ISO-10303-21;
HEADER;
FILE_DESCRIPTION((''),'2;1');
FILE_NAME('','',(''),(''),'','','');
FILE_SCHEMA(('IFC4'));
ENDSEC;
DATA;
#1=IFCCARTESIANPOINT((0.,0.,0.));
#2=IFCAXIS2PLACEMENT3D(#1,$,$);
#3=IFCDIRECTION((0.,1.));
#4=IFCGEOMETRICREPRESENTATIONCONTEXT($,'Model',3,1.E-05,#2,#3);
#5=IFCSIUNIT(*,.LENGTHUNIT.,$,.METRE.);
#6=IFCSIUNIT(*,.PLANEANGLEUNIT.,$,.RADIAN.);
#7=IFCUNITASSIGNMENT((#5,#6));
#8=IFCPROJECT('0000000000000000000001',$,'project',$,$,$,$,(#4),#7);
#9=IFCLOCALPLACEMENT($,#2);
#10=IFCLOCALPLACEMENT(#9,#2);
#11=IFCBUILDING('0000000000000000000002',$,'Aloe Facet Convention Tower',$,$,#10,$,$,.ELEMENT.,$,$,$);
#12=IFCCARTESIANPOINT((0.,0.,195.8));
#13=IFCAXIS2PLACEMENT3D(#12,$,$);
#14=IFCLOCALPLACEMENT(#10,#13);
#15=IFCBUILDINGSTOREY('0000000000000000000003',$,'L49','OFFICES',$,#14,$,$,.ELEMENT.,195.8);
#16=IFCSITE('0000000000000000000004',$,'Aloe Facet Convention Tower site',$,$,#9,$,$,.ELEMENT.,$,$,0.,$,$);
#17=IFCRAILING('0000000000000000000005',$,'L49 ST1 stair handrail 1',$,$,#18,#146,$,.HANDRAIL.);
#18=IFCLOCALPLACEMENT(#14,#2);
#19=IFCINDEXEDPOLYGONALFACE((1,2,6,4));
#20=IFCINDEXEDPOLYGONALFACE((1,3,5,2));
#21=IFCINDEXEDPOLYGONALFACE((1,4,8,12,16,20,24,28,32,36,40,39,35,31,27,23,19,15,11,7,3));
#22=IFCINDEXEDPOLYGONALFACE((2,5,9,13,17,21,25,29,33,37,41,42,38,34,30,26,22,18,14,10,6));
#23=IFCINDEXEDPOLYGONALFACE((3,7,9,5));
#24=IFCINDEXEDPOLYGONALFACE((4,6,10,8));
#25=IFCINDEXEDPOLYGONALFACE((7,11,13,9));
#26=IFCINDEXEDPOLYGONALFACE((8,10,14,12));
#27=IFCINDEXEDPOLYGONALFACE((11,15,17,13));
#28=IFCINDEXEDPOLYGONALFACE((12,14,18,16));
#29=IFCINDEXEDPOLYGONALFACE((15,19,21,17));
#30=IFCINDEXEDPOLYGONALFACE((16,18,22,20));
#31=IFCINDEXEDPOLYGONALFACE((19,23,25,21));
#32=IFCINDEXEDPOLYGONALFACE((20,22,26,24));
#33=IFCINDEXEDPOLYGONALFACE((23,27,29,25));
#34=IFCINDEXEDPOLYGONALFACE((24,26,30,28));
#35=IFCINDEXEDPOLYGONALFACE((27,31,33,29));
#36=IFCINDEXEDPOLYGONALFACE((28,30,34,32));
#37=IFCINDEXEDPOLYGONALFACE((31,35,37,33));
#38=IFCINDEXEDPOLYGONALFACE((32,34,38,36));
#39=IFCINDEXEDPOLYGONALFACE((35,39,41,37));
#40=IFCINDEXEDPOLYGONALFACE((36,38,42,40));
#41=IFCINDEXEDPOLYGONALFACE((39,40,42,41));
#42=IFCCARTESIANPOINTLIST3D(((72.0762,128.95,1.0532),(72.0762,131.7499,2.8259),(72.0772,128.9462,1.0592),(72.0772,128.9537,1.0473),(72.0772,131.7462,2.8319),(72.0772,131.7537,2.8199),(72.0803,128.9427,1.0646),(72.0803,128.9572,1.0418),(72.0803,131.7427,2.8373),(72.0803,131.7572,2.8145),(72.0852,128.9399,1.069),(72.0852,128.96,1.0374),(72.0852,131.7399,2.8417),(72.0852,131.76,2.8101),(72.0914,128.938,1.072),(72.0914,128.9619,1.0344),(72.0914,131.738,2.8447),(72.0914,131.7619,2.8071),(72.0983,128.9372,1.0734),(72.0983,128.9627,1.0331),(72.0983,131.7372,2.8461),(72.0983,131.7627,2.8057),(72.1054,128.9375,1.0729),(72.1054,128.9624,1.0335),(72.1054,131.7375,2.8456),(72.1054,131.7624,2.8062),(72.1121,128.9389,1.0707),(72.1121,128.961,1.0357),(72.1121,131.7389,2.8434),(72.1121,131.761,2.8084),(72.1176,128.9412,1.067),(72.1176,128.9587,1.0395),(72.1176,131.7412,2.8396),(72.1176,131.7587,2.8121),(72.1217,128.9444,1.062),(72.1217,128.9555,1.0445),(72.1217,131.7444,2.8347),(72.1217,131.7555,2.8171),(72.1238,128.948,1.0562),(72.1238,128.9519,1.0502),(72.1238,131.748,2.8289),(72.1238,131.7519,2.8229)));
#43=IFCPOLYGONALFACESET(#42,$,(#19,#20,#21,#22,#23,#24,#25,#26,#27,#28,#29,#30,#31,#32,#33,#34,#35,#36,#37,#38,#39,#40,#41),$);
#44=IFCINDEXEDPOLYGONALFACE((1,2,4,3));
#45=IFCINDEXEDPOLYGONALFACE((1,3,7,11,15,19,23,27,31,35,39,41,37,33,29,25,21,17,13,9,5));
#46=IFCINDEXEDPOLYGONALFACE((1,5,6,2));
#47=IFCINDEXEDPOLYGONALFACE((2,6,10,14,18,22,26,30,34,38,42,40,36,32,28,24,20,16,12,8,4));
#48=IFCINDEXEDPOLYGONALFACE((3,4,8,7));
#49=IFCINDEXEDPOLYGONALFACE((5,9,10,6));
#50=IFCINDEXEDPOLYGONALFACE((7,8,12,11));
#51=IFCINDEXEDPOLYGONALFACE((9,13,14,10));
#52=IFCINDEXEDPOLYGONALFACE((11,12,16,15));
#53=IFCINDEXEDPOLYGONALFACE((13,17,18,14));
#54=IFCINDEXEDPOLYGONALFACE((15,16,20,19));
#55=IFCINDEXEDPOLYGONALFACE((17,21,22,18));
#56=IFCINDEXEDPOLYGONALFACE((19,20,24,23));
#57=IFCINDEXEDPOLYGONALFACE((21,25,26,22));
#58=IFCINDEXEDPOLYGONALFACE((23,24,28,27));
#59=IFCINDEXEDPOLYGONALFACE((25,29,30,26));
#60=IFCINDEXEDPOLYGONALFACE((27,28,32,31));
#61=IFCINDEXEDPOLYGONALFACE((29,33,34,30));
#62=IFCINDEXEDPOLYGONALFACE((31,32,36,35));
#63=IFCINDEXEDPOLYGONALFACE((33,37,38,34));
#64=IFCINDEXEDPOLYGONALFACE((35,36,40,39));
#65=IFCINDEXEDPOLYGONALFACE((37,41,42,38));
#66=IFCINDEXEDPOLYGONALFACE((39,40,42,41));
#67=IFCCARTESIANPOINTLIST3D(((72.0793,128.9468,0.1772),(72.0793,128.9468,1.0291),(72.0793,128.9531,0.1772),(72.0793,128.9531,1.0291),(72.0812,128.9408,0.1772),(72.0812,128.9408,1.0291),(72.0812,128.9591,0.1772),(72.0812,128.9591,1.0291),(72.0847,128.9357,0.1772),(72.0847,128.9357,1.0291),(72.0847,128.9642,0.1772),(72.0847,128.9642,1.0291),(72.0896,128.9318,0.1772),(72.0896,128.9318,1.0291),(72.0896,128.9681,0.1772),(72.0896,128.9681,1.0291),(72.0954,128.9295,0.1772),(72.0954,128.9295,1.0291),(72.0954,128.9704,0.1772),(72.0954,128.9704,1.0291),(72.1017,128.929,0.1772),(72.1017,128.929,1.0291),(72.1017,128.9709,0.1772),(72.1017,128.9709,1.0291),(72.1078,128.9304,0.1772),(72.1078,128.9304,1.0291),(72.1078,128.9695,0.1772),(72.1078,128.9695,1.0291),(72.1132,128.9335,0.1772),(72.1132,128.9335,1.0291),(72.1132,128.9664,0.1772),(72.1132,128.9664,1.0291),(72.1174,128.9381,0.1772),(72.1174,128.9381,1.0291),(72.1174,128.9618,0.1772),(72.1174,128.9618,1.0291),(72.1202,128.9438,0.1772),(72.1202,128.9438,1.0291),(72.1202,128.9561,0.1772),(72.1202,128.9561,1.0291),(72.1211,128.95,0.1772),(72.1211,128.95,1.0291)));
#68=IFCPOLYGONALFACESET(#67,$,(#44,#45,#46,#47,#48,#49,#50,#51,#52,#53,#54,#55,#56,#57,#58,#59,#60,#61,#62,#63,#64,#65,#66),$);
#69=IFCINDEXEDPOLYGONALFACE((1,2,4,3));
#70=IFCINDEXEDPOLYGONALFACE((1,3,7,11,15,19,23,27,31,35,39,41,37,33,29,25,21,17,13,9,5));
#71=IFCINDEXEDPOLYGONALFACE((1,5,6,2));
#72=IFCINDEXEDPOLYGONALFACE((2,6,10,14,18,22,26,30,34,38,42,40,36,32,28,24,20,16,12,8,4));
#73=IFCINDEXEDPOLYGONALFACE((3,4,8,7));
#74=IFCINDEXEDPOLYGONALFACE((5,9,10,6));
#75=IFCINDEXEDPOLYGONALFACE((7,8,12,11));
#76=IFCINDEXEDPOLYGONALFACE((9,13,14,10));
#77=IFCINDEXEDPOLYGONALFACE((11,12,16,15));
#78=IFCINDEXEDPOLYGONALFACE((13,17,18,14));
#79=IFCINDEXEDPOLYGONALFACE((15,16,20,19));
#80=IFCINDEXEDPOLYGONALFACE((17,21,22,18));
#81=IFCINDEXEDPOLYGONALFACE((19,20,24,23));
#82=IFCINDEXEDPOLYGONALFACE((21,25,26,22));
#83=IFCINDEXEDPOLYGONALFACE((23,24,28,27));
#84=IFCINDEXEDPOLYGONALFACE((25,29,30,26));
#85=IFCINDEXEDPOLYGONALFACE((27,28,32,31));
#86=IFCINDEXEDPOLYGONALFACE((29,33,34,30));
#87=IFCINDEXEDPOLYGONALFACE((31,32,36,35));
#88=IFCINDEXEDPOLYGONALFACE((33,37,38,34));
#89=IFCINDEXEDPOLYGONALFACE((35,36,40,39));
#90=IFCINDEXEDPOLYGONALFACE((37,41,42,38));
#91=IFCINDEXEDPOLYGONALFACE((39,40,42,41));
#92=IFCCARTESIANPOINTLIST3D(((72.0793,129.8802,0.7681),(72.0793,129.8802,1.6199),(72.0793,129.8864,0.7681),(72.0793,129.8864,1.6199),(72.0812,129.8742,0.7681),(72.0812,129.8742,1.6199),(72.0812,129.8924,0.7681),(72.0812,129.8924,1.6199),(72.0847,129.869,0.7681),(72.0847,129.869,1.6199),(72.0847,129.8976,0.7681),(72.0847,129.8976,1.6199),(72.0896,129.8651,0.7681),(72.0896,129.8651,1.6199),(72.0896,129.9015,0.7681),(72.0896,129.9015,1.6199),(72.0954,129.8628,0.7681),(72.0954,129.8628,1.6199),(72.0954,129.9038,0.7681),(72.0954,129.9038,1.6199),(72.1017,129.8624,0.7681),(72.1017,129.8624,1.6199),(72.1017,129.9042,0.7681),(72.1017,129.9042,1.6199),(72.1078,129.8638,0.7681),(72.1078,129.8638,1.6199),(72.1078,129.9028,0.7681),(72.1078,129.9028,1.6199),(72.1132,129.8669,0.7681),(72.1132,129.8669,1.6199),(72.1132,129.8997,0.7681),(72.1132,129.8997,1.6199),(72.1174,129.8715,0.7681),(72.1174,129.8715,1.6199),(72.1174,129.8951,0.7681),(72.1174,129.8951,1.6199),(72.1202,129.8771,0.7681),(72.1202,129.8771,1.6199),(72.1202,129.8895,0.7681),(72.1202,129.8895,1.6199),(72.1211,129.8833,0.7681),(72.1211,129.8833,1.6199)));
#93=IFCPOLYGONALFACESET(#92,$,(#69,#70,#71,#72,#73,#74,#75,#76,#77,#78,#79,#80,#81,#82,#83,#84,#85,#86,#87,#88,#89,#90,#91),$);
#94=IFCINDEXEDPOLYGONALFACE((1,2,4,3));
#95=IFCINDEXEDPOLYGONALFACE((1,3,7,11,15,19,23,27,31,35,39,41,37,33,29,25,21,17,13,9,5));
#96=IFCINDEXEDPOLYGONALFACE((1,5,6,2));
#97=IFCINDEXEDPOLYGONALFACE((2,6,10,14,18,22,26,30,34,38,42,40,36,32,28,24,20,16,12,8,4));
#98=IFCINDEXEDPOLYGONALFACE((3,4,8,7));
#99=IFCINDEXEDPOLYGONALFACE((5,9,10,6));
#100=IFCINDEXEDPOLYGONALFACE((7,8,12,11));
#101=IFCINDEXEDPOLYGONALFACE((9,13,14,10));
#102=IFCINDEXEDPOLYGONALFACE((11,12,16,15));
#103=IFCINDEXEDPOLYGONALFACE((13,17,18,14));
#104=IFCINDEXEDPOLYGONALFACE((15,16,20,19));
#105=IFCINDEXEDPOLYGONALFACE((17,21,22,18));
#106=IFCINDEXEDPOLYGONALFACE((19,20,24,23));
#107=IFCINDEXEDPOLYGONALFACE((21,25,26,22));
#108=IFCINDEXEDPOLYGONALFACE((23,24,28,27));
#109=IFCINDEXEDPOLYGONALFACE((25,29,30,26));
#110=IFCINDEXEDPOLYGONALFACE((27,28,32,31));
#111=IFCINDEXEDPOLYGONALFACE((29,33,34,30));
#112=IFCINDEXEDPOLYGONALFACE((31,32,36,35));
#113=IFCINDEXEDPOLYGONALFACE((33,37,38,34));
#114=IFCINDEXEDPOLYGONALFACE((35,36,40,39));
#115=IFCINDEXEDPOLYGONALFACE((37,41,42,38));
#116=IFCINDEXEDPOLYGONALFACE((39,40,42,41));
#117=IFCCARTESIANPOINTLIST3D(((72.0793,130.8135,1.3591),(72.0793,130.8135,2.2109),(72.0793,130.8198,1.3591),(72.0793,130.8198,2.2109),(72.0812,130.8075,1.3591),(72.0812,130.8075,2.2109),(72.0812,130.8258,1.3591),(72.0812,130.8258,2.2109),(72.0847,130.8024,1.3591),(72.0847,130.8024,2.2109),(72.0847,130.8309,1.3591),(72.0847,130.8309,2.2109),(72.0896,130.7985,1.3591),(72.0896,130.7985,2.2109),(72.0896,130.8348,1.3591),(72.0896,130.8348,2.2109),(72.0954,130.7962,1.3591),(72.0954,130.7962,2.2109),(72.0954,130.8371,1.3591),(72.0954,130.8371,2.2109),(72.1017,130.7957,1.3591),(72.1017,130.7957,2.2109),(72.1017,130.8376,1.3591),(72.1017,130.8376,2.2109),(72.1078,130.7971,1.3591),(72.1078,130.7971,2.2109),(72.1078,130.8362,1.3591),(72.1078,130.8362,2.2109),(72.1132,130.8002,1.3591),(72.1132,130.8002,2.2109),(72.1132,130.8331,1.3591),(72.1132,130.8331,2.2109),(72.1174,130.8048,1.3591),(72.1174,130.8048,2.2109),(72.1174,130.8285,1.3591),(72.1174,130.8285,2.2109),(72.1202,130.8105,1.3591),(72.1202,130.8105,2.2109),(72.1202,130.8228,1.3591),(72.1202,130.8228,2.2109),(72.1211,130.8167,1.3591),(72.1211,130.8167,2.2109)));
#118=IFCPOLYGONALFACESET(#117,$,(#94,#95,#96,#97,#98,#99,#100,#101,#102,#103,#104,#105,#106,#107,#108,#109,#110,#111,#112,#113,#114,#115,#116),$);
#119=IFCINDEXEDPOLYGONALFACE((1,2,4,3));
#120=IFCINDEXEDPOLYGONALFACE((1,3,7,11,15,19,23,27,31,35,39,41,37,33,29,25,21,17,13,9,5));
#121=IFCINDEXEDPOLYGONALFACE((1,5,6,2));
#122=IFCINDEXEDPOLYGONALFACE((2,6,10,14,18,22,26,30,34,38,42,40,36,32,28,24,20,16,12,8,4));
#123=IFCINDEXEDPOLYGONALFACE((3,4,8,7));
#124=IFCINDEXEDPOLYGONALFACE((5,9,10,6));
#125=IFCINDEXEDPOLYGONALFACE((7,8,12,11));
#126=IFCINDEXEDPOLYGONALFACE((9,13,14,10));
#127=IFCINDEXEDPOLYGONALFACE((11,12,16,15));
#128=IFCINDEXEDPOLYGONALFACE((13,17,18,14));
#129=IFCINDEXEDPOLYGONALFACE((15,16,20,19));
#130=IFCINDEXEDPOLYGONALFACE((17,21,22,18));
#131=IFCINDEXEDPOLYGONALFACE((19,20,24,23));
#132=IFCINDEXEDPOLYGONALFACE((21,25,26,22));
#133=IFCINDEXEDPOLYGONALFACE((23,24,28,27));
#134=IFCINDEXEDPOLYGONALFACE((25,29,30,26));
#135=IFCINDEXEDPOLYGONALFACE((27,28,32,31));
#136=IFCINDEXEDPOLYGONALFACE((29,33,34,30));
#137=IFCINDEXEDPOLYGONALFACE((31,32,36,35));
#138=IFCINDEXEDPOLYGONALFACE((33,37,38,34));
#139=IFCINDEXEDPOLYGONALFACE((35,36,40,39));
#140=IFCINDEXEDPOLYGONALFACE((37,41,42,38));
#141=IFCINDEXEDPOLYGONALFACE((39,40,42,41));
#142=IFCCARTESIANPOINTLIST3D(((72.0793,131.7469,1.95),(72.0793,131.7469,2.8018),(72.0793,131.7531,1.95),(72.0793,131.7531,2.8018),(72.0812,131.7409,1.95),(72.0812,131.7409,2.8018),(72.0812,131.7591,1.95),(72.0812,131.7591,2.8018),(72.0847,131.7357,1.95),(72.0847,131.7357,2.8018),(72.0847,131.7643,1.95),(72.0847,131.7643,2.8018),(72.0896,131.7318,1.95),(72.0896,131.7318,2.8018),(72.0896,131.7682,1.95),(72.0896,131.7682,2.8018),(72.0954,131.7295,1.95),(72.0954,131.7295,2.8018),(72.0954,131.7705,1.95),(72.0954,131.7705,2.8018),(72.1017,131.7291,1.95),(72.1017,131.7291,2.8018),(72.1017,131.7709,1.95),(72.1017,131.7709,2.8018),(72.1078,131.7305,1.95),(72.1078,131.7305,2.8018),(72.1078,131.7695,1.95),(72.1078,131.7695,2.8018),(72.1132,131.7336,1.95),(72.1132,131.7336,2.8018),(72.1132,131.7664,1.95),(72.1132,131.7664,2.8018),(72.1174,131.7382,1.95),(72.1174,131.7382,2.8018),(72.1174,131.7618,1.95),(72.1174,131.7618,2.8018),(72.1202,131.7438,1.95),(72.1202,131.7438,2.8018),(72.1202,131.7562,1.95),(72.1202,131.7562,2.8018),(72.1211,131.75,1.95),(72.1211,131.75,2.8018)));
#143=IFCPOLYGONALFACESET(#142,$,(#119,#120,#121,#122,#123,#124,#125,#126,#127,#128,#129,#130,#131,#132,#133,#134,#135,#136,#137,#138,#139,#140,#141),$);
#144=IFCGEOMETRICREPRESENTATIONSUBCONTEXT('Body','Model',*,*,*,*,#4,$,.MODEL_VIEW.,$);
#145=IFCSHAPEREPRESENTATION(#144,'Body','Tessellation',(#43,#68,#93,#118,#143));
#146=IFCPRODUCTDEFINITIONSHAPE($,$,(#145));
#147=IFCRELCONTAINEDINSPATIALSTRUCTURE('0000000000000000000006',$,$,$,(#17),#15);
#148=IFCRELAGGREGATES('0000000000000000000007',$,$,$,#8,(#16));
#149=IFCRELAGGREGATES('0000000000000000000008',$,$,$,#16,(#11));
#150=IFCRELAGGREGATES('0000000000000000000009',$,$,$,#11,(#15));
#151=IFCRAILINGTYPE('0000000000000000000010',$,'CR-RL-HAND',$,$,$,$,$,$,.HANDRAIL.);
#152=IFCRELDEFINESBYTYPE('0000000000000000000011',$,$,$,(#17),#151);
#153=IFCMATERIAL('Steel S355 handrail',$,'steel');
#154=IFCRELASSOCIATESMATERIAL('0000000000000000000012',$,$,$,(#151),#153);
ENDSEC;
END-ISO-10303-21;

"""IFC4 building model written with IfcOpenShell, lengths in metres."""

from ifc_helpers import new_model, si_unit, direction, frame, origin, origin_2d, place, context, subcontext, project, spatial, circle, extrude, material, type_object, element, save


model = new_model("IFC4")

# Units and contexts
model_context = context("Model", 3, precision=1e-05, world=origin(), true_north=direction((0.0, 1.0)))
body_context = subcontext(model_context, "Body", "Model", "MODEL_VIEW")
ifc_project = project(units=[si_unit("LENGTHUNIT", "METRE"), si_unit("PLANEANGLEUNIT", "RADIAN")], contexts=[model_context])

# Site, building, storey
site_placement = place(None, origin())
site = spatial("IfcSite", under=ifc_project, at=site_placement, Name="Aloe Facet Convention Tower site", CompositionType="ELEMENT", RefElevation=0.0)
building_placement = place(site_placement, origin())
building = spatial("IfcBuilding", under=site, at=building_placement, Name="Aloe Facet Convention Tower", CompositionType="ELEMENT")
storey_placement = place(building_placement, frame((0.0, 0.0, 195.8)))
storey = spatial("IfcBuildingStorey", under=building, at=storey_placement, Name="L49", Description="OFFICES", CompositionType="ELEMENT", Elevation=195.8)

# Railing
ifc_material_1 = material(Name="Steel S355 handrail", Category="steel")
railing_type_1 = type_object("IfcRailingType", Name="CR-RL-HAND", PredefinedType="HANDRAIL", material=ifc_material_1)
railing_1_placement = place(storey_placement, frame((72.1001, 128.95, 0.1772)))
element("IfcRailing", 1, at=railing_1_placement, inside=storey, type_object=railing_type_1, Name="L49 ST1 stair handrail 1", PredefinedType="HANDRAIL", context=body_context, shape_type="SweptSolid", body=[
    extrude(circle(Radius=0.0239, at=origin_2d()), frame((0.0, 0.0, 0.876), z_axis=(0.0, 0.844909, 0.53491), x_axis=(-1.0, 0.0, 0.0)), (0.0, 0.0, 1.0), 3.314),
    extrude(circle(Radius=0.021, at=origin_2d()), origin(), (0.0, 0.0, 1.0), 0.8518),
    extrude(circle(Radius=0.021, at=origin_2d()), frame((0.0, 0.9333, 0.5908)), (0.0, 0.0, 1.0), 0.8518),
    extrude(circle(Radius=0.021, at=origin_2d()), frame((0.0, 1.8667, 1.1819)), (0.0, 0.0, 1.0), 0.8518),
    extrude(circle(Radius=0.021, at=origin_2d()), frame((0.0, 2.8, 1.7727)), (0.0, 0.0, 1.0), 0.8518),
])

save(model, "model.ifc")
